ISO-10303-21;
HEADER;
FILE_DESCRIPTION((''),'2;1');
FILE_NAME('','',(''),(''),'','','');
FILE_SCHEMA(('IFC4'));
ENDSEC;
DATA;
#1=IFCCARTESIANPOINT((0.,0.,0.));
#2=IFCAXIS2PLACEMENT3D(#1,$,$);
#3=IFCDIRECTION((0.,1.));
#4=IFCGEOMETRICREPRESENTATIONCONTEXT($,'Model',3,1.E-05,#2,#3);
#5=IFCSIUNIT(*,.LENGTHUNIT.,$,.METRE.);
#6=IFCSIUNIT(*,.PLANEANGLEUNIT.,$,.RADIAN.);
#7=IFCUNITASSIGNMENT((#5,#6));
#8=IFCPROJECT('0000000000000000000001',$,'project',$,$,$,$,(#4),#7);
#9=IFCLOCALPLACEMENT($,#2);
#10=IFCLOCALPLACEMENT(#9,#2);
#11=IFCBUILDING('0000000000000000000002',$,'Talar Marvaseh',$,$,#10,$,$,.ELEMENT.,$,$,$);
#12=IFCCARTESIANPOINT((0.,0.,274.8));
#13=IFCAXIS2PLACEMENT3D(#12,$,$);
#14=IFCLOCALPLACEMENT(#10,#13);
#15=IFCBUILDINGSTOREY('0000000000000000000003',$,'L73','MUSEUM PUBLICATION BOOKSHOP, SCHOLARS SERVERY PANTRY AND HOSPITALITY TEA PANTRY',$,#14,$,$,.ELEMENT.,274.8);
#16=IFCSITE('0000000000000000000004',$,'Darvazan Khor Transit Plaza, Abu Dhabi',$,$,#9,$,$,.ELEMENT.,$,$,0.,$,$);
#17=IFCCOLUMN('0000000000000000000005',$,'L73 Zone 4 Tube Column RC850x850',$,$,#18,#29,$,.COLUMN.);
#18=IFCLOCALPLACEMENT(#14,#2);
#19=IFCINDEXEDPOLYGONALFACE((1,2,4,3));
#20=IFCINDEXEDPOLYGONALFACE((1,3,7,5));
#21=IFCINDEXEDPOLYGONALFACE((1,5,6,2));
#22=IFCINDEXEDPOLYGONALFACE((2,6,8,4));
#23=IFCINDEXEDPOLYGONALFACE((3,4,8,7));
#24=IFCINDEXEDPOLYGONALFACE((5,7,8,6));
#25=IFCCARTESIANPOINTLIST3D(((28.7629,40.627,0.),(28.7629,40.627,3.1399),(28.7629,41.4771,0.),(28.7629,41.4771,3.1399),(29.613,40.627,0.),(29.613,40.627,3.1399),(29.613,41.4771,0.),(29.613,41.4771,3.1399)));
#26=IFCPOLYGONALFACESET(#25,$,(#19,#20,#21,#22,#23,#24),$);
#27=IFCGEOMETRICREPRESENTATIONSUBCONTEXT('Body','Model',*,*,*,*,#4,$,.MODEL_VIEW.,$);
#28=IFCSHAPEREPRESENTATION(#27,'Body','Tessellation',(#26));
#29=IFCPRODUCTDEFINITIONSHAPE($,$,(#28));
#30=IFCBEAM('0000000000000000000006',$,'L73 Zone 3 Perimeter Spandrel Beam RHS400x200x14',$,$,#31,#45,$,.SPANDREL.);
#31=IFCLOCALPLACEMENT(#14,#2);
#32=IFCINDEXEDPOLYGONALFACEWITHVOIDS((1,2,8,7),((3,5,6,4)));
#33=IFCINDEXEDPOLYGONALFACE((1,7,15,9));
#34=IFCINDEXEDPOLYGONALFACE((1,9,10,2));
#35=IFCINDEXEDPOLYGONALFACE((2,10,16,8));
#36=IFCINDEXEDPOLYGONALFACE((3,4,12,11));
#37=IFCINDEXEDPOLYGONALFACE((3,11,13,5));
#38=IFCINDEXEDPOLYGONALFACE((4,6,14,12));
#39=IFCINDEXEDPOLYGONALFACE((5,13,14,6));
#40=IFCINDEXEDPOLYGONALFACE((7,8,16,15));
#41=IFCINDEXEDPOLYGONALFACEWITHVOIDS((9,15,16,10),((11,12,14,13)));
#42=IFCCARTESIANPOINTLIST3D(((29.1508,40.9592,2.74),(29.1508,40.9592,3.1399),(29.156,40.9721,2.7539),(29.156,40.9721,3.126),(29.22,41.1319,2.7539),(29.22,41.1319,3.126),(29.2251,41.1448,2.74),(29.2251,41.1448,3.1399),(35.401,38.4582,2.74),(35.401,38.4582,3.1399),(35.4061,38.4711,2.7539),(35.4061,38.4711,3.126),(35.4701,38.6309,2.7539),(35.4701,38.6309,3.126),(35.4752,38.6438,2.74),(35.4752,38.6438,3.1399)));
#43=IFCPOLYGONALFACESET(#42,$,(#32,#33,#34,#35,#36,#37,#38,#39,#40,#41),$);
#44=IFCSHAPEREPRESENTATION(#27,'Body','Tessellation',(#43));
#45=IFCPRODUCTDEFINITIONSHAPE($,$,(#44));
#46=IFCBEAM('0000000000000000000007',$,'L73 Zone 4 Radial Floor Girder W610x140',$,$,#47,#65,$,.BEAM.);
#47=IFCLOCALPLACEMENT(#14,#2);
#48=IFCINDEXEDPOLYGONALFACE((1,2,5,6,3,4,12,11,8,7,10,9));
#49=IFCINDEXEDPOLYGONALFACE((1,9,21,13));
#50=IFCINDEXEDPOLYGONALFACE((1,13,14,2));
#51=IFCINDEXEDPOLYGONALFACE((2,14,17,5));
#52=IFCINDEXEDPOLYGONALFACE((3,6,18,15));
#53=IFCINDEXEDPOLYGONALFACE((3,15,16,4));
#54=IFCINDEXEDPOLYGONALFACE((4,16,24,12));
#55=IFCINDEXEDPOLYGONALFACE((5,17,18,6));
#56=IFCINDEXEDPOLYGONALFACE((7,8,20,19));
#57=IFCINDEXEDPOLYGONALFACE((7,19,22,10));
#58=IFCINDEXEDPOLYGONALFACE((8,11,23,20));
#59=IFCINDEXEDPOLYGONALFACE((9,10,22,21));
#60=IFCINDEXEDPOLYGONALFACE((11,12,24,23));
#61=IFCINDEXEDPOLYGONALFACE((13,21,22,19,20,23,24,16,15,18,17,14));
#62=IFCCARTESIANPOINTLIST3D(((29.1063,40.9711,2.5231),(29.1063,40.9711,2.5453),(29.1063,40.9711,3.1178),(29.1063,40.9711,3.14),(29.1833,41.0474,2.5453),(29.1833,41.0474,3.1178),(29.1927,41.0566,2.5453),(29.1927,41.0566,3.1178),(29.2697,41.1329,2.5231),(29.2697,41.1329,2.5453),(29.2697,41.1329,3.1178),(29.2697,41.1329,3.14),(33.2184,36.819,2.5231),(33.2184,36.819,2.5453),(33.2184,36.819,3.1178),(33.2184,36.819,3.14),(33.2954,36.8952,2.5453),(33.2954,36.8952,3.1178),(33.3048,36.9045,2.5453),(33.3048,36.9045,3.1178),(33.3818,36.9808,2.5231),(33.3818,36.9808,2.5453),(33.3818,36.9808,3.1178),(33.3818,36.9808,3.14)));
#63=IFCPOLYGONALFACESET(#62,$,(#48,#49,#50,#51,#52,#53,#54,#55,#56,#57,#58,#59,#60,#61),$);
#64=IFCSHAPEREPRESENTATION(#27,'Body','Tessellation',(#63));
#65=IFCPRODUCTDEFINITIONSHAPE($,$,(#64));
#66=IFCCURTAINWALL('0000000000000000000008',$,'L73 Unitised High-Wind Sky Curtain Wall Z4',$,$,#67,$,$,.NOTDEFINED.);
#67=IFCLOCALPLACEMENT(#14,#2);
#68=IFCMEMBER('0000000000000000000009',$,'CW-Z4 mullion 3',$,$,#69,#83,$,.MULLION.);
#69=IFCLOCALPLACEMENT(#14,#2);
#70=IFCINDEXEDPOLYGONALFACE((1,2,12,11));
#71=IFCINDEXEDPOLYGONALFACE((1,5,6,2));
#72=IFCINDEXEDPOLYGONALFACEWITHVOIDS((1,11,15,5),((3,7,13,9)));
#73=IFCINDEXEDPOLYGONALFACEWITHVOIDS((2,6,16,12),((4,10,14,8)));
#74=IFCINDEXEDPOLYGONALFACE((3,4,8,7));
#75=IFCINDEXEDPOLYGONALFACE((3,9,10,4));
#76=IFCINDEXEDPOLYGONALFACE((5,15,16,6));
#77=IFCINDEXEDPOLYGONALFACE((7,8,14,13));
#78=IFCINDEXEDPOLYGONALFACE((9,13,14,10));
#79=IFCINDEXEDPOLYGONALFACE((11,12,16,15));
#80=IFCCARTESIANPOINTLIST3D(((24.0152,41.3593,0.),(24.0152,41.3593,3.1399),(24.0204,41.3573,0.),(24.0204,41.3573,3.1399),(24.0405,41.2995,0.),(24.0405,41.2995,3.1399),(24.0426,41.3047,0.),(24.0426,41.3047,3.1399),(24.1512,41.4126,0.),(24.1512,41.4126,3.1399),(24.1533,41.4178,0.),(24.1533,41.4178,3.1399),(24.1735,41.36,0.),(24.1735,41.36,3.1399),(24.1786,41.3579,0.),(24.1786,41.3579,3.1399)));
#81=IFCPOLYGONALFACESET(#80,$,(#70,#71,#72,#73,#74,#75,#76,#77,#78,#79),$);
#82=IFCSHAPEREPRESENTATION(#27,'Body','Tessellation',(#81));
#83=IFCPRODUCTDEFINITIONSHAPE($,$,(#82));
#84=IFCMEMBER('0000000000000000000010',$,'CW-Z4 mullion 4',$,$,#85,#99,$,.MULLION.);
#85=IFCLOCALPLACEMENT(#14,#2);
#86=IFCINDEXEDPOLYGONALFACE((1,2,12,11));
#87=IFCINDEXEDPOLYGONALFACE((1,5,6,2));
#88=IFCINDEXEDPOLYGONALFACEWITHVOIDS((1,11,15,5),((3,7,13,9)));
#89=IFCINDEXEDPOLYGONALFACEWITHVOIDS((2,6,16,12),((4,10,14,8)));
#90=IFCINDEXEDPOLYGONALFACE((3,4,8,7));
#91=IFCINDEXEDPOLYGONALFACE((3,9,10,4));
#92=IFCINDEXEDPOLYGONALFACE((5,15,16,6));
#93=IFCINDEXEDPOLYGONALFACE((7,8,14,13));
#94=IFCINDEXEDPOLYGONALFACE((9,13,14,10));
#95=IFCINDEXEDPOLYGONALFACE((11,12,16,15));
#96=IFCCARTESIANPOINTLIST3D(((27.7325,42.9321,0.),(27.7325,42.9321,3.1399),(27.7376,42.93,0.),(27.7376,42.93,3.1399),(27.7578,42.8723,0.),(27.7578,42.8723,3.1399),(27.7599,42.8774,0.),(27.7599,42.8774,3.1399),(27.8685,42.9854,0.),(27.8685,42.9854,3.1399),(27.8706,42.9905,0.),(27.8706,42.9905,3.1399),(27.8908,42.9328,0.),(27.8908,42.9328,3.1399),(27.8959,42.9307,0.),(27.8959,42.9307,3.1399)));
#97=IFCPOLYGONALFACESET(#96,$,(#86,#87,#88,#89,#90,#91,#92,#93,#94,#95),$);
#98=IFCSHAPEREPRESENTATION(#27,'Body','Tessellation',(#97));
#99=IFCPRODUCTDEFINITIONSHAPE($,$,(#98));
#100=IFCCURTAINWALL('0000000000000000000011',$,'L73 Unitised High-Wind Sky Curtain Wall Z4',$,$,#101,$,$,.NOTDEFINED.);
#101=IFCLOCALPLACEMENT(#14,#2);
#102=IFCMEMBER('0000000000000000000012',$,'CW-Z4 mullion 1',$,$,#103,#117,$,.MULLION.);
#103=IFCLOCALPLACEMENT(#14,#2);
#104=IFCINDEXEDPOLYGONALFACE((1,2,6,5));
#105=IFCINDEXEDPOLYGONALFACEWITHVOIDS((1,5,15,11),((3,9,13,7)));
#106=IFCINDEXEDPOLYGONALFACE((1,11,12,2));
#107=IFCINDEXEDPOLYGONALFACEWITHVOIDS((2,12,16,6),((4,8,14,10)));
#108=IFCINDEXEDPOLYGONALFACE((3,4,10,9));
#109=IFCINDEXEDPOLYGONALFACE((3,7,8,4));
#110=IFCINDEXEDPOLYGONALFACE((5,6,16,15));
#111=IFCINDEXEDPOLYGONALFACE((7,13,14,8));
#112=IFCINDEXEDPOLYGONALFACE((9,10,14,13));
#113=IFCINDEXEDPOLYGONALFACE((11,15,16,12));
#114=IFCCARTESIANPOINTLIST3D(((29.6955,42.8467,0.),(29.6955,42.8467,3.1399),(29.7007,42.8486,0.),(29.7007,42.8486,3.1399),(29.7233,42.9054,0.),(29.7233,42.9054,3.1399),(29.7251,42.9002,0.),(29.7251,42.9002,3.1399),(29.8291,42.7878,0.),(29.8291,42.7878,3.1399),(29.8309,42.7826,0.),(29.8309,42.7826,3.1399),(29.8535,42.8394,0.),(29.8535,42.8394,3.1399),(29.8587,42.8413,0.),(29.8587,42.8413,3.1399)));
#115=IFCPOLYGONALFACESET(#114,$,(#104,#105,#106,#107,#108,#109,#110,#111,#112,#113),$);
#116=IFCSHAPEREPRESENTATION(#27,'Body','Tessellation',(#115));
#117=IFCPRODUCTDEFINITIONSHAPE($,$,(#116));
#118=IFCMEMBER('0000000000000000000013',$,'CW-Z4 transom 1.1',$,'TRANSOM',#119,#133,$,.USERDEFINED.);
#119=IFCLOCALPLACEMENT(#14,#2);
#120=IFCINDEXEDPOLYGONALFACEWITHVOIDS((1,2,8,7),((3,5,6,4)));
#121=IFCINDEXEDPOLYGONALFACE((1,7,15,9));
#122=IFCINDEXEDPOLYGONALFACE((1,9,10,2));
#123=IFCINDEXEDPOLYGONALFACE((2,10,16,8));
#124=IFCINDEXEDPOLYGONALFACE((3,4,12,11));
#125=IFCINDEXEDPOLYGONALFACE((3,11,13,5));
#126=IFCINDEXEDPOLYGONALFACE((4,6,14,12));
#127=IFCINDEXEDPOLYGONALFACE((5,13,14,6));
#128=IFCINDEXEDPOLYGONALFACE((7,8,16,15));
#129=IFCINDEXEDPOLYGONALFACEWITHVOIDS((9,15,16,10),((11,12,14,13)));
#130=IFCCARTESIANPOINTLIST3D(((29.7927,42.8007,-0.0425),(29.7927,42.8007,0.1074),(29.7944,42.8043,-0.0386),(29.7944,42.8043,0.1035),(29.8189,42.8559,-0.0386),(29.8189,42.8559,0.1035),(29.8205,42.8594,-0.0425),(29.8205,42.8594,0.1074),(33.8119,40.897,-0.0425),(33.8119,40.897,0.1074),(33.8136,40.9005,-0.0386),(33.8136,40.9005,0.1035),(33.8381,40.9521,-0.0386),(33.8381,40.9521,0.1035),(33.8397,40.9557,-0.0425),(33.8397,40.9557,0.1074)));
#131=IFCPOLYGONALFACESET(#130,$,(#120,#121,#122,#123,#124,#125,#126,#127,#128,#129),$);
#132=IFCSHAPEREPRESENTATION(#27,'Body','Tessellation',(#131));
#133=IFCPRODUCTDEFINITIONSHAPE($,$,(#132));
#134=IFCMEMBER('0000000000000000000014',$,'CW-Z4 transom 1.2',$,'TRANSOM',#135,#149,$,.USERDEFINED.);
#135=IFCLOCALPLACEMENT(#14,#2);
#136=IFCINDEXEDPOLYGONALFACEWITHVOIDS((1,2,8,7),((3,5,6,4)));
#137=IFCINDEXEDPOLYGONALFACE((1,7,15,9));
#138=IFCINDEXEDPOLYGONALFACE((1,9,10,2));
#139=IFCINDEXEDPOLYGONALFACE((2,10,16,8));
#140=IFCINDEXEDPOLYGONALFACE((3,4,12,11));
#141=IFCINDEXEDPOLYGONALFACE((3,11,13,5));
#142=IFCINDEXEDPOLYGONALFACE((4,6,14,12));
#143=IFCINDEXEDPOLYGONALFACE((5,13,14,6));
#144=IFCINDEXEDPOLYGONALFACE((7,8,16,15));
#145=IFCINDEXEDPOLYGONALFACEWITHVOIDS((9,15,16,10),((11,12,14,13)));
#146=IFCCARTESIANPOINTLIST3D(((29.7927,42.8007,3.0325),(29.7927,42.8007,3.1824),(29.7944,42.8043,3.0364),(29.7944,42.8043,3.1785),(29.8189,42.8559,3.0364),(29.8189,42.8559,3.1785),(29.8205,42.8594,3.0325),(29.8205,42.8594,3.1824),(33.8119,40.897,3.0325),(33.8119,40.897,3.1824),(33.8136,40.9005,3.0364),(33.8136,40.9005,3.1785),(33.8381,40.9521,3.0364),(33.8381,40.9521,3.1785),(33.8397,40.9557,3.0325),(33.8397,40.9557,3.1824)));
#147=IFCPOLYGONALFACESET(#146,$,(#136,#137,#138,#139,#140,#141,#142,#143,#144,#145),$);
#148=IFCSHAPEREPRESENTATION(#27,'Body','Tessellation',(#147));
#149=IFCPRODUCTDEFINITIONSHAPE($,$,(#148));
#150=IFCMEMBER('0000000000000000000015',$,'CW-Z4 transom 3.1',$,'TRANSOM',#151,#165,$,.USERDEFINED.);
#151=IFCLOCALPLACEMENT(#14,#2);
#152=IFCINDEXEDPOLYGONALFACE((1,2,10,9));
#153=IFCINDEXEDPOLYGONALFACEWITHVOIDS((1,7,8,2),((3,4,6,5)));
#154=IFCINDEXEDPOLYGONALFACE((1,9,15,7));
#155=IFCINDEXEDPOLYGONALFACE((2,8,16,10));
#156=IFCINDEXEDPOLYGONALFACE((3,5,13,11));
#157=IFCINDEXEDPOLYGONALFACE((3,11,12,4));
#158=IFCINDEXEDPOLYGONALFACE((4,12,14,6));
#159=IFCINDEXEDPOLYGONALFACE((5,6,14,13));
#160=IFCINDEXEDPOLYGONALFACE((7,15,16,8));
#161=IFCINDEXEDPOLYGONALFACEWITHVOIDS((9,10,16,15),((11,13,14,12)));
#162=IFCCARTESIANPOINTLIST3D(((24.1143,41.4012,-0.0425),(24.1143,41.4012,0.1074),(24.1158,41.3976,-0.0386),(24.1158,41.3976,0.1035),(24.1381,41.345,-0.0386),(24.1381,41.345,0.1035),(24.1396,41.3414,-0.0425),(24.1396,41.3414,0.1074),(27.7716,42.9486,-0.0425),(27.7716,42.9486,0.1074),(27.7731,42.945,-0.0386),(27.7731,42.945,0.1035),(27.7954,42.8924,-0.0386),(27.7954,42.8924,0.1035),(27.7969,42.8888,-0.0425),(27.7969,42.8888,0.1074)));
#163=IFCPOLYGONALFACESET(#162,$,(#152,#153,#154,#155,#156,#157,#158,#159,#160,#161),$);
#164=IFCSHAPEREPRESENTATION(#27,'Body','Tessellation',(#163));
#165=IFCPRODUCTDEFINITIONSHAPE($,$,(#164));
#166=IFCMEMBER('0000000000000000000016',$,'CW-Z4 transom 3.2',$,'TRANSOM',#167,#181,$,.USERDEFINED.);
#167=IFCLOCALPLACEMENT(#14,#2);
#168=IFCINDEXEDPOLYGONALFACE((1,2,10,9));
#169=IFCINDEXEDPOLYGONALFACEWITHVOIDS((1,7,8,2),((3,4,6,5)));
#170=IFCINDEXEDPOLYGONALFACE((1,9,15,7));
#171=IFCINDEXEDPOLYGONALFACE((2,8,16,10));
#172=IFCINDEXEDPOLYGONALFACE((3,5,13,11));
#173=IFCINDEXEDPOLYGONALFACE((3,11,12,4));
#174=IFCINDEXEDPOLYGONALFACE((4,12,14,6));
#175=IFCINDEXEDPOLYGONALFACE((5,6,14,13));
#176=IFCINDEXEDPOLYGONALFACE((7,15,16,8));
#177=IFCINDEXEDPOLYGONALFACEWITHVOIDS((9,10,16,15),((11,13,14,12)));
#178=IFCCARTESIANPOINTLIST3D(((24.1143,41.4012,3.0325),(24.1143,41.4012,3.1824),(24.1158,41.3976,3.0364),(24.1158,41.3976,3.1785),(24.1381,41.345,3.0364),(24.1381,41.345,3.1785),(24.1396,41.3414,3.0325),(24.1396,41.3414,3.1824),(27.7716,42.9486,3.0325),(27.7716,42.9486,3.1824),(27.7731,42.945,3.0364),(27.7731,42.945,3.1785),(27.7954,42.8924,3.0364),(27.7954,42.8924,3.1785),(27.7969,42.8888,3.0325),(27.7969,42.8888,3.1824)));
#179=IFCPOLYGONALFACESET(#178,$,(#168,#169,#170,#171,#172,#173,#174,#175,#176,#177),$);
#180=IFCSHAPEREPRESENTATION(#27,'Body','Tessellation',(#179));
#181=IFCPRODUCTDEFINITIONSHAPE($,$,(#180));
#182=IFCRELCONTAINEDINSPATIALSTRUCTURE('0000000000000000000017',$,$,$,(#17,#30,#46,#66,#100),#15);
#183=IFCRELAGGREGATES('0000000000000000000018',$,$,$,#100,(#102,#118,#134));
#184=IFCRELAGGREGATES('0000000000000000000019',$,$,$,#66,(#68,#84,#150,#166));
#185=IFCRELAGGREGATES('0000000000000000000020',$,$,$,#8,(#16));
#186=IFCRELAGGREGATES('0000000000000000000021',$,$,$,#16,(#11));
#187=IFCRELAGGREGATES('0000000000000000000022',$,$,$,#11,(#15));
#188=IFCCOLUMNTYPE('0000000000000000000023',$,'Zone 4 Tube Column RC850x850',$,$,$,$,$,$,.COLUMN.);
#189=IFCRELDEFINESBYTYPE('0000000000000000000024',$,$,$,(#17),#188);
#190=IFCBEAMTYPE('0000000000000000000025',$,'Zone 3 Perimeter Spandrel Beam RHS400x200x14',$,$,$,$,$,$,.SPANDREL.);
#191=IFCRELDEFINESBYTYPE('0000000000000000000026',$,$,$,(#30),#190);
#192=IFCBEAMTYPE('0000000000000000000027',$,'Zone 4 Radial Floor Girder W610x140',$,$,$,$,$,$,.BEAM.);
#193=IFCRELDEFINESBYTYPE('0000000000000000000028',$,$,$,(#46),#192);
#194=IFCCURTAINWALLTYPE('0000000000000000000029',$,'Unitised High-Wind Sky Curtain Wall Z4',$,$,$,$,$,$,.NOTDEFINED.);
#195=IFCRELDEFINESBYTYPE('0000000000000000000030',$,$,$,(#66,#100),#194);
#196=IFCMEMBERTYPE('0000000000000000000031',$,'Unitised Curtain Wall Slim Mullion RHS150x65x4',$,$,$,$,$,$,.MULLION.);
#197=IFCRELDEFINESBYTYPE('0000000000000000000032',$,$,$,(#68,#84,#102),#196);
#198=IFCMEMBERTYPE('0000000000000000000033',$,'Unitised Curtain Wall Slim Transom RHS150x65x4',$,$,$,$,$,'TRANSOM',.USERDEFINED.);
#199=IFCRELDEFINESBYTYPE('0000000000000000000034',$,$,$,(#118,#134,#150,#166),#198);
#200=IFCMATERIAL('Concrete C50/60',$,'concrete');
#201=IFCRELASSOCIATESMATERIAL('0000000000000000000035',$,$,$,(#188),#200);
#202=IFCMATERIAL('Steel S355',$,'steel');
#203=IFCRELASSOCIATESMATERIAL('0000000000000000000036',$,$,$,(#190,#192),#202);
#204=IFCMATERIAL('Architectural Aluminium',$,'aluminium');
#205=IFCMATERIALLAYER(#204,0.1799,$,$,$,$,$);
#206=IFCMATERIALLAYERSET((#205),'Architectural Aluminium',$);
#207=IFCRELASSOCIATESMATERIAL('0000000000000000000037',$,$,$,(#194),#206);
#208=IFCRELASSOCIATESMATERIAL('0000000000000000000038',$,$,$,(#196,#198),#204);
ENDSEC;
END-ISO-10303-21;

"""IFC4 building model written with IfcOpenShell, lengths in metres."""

from ifc_helpers import new_model, si_unit, direction, frame, origin, origin_2d, place, context, subcontext, project, spatial, rectangle, hollow_rectangle, i_section, extrude, source, transform, mapped, material, layer, layer_set, material_profile, profile_set, type_object, type_shapes, element, aggregate, save


model = new_model("IFC4")

# Units and contexts
model_context = context("Model", 3, precision=1e-05, world=origin(), true_north=direction((0.0, 1.0)))
body_context = subcontext(model_context, "Body", "Model", "MODEL_VIEW")
ifc_project = project(units=[si_unit("LENGTHUNIT", "METRE"), si_unit("PLANEANGLEUNIT", "RADIAN")], contexts=[model_context])

# Site, building, storey
site_placement = place(None, origin())
site = spatial("IfcSite", under=ifc_project, at=site_placement, Name="Darvazan Khor Transit Plaza, Abu Dhabi", CompositionType="ELEMENT", RefElevation=0.0)
building_placement = place(site_placement, origin())
building = spatial("IfcBuilding", under=site, at=building_placement, Name="Talar Marvaseh", CompositionType="ELEMENT")
storey_placement = place(building_placement, frame((0.0, 0.0, 274.8)))
storey = spatial("IfcBuildingStorey", under=building, at=storey_placement, Name="L73", Description="MUSEUM PUBLICATION BOOKSHOP, SCHOLARS SERVERY PANTRY AND HOSPITALITY TEA PANTRY", CompositionType="ELEMENT", Elevation=274.8)

# Column
ifc_material_1 = material(Name="Concrete C50/60", Category="concrete")
ifc_material_profile_1 = material_profile(ifc_material_1, rectangle(XDim=0.8501, YDim=0.8501, at=origin_2d()), Name="RC850x850")
ifc_profile_set_1 = profile_set([ifc_material_profile_1], Name="Concrete C50/60")
column_type = type_object("IfcColumnType", Name="Zone 4 Tube Column RC850x850", PredefinedType="COLUMN", material=ifc_profile_set_1)
column_placement = place(storey_placement, frame((29.188, 41.052, 0.0), z_axis=(0.0, 0.0, 1.0), x_axis=(1.0, 0.0, 0.0)))
element("IfcColumn", 1, at=column_placement, inside=storey, type_object=column_type, Name="L73 Zone 4 Tube Column RC850x850", PredefinedType="COLUMN", context=body_context, shape_type="SweptSolid", body=[
    extrude(rectangle(XDim=0.8501, YDim=0.8501, at=origin_2d()), origin(), (0.0, 0.0, 1.0), 3.1399),
])

# Beams
ifc_material_2 = material(Name="Steel S355", Category="steel")
ifc_material_profile_2 = material_profile(ifc_material_2, hollow_rectangle(XDim=0.2, YDim=0.3999, WallThickness=0.0139, at=origin_2d()), Name="RHS400x200x14")
ifc_profile_set_2 = profile_set([ifc_material_profile_2], Name="Steel S355")
beam_type_1 = type_object("IfcBeamType", Name="Zone 3 Perimeter Spandrel Beam RHS400x200x14", PredefinedType="SPANDREL", material=ifc_profile_set_2)
beam_1_placement = place(storey_placement, frame((29.188, 41.052, 2.9399), z_axis=(0.928427, -0.371516, 0.0), x_axis=(0.371516, 0.928427, 0.0)))
element("IfcBeam", 2, at=beam_1_placement, inside=storey, type_object=beam_type_1, Name="L73 Zone 3 Perimeter Spandrel Beam RHS400x200x14", PredefinedType="SPANDREL", context=body_context, shape_type="SweptSolid", body=[
    extrude(hollow_rectangle(XDim=0.2, YDim=0.3999, WallThickness=0.0139, at=origin_2d()), origin(), (0.0, 0.0, 1.0), 6.7319),
])
ifc_material_profile_3 = material_profile(ifc_material_2, i_section(OverallWidth=0.23, OverallDepth=0.6169, WebThickness=0.0132, FlangeThickness=0.0222, at=origin_2d()), Name="W610x140")
ifc_profile_set_3 = profile_set([ifc_material_profile_3], Name="Steel S355")
beam_type_2 = type_object("IfcBeamType", Name="Zone 4 Radial Floor Girder W610x140", PredefinedType="BEAM", material=ifc_profile_set_3)
beam_2_placement = place(storey_placement, frame((29.188, 41.052, 2.8315), z_axis=(0.703673, -0.710524, 0.0), x_axis=(0.710524, 0.703673, 0.0)))
element("IfcBeam", 3, at=beam_2_placement, inside=storey, type_object=beam_type_2, Name="L73 Zone 4 Radial Floor Girder W610x140", PredefinedType="BEAM", context=body_context, shape_type="SweptSolid", body=[
    extrude(i_section(OverallWidth=0.23, OverallDepth=0.6169, WebThickness=0.0132, FlangeThickness=0.0222, at=origin_2d()), origin(), (0.0, 0.0, 1.0), 5.8438),
])

# Curtain walls, members
ifc_material_3 = material(Name="Architectural Aluminium", Category="aluminium")
ifc_layer_1 = layer(ifc_material_3, 0.1799)
ifc_layer_set_1 = layer_set([ifc_layer_1], Name="Architectural Aluminium")
curtain_wall_type = type_object("IfcCurtainWallType", Name="Unitised High-Wind Sky Curtain Wall Z4", PredefinedType="NOTDEFINED", material=ifc_layer_set_1)
curtain_wall_1_placement = place(storey_placement, origin())
curtain_wall_1 = element("IfcCurtainWall", 4, at=curtain_wall_1_placement, inside=storey, type_object=curtain_wall_type, Name="L73 Unitised High-Wind Sky Curtain Wall Z4", PredefinedType="NOTDEFINED")
ifc_material_profile_4 = material_profile(ifc_material_3, hollow_rectangle(XDim=0.0649, YDim=0.1499, WallThickness=0.0039, at=origin_2d()), Name="RHS150x65x4")
ifc_profile_set_4 = profile_set([ifc_material_profile_4], Name="Architectural Aluminium")
member_type_1 = type_object("IfcMemberType", Name="Unitised Curtain Wall Slim Mullion RHS150x65x4", PredefinedType="MULLION", material=ifc_profile_set_4)
shared_shape_1 = source(origin(), body_context, "Body", "SweptSolid", [
    extrude(hollow_rectangle(XDim=0.0649, YDim=0.1499, WallThickness=0.0039, at=origin_2d()), origin(), (0.0, 0.0, 1.0), 3.1399),
])
type_shapes(member_type_1, [shared_shape_1])
member_1_placement = place(storey_placement, frame((24.0969, 41.3586, 0.0), z_axis=(0.0, 0.0, 1.0), x_axis=(-0.389638, 0.920968, 0.0)))
member_1 = element("IfcMember", 5, at=member_1_placement, type_object=member_type_1, Name="CW-Z4 mullion 3", PredefinedType="MULLION", context=body_context, shape_type="MappedRepresentation", body=[
    mapped(shared_shape_1, transform((0.0, 0.0, 0.0), x_axis=(1.0, 0.0, 0.0), y_axis=(0.0, 1.0, 0.0), z_axis=(0.0, 0.0, 1.0), scale=1.0)),
])
member_2_placement = place(storey_placement, frame((27.8142, 42.9314, 0.0), z_axis=(0.0, 0.0, 1.0), x_axis=(-0.389638, 0.920968, 0.0)))
member_2 = element("IfcMember", 6, at=member_2_placement, type_object=member_type_1, Name="CW-Z4 mullion 4", PredefinedType="MULLION", context=body_context, shape_type="MappedRepresentation", body=[
    mapped(shared_shape_1, transform((0.0, 0.0, 0.0), x_axis=(1.0, 0.0, 0.0), y_axis=(0.0, 1.0, 0.0), z_axis=(0.0, 0.0, 1.0), scale=1.0)),
])
curtain_wall_2_placement = place(storey_placement, origin())
curtain_wall_2 = element("IfcCurtainWall", 7, at=curtain_wall_2_placement, inside=storey, type_object=curtain_wall_type, Name="L73 Unitised High-Wind Sky Curtain Wall Z4", PredefinedType="NOTDEFINED")
member_3_placement = place(storey_placement, frame((29.7771, 42.844, 0.0), z_axis=(0.0, 0.0, 1.0), x_axis=(0.42809, 0.903736, 0.0)))
member_3 = element("IfcMember", 8, at=member_3_placement, type_object=member_type_1, Name="CW-Z4 mullion 1", PredefinedType="MULLION", context=body_context, shape_type="MappedRepresentation", body=[
    mapped(shared_shape_1, transform((0.0, 0.0, 0.0), x_axis=(1.0, 0.0, 0.0), y_axis=(0.0, 1.0, 0.0), z_axis=(0.0, 0.0, 1.0), scale=1.0)),
])
ifc_material_profile_5 = material_profile(ifc_material_3, hollow_rectangle(XDim=0.0649, YDim=0.1499, WallThickness=0.0039, at=origin_2d()), Name="RHS150x65x4")
ifc_profile_set_5 = profile_set([ifc_material_profile_5], Name="Architectural Aluminium")
member_type_2 = type_object("IfcMemberType", Name="Unitised Curtain Wall Slim Transom RHS150x65x4", ElementType="TRANSOM", PredefinedType="USERDEFINED", material=ifc_profile_set_5)
shared_shape_2 = source(origin(), body_context, "Body", "SweptSolid", [
    extrude(hollow_rectangle(XDim=0.0649, YDim=0.1499, WallThickness=0.0039, at=origin_2d()), origin(), (0.0, 0.0, 1.0), 4.4473),
])
member_4_placement = place(storey_placement, frame((29.8066, 42.8301, 0.0325), z_axis=(0.903743, -0.428075, 0.0), x_axis=(0.428075, 0.903743, 0.0)))
member_4 = element("IfcMember", 9, at=member_4_placement, type_object=member_type_2, Name="CW-Z4 transom 1.1", ObjectType="TRANSOM", PredefinedType="USERDEFINED", context=body_context, shape_type="MappedRepresentation", body=[
    mapped(shared_shape_2, transform((0.0, 0.0, 0.0), x_axis=(1.0, 0.0, 0.0), y_axis=(0.0, 1.0, 0.0), z_axis=(0.0, 0.0, 1.0), scale=1.0)),
])
member_5_placement = place(storey_placement, frame((29.8066, 42.8301, 3.1074), z_axis=(0.903743, -0.428075, 0.0), x_axis=(0.428075, 0.903743, 0.0)))
member_5 = element("IfcMember", 10, at=member_5_placement, type_object=member_type_2, Name="CW-Z4 transom 1.2", ObjectType="TRANSOM", PredefinedType="USERDEFINED", context=body_context, shape_type="MappedRepresentation", body=[
    mapped(shared_shape_2, transform((0.0, 0.0, 0.0), x_axis=(1.0, 0.0, 0.0), y_axis=(0.0, 1.0, 0.0), z_axis=(0.0, 0.0, 1.0), scale=1.0)),
])

# Members
shared_shape_3 = source(origin(), body_context, "Body", "SweptSolid", [
    extrude(hollow_rectangle(XDim=0.0649, YDim=0.1499, WallThickness=0.0039, at=origin_2d()), origin(), (0.0, 0.0, 1.0), 3.9712),
])
type_shapes(member_type_2, [shared_shape_2, shared_shape_3])
member_6_placement = place(storey_placement, frame((24.127, 41.3713, 0.0325), z_axis=(0.92096, 0.389656, 0.0), x_axis=(-0.389656, 0.92096, 0.0)))
member_6 = element("IfcMember", 11, at=member_6_placement, type_object=member_type_2, Name="CW-Z4 transom 3.1", ObjectType="TRANSOM", PredefinedType="USERDEFINED", context=body_context, shape_type="MappedRepresentation", body=[
    mapped(shared_shape_3, transform((0.0, 0.0, 0.0), x_axis=(1.0, 0.0, 0.0), y_axis=(0.0, 1.0, 0.0), z_axis=(0.0, 0.0, 1.0), scale=1.0)),
])
member_7_placement = place(storey_placement, frame((24.127, 41.3713, 3.1074), z_axis=(0.92096, 0.389656, 0.0), x_axis=(-0.389656, 0.92096, 0.0)))
member_7 = element("IfcMember", 12, at=member_7_placement, type_object=member_type_2, Name="CW-Z4 transom 3.2", ObjectType="TRANSOM", PredefinedType="USERDEFINED", context=body_context, shape_type="MappedRepresentation", body=[
    mapped(shared_shape_3, transform((0.0, 0.0, 0.0), x_axis=(1.0, 0.0, 0.0), y_axis=(0.0, 1.0, 0.0), z_axis=(0.0, 0.0, 1.0), scale=1.0)),
])

aggregate(curtain_wall_2, [member_3, member_4, member_5])
aggregate(curtain_wall_1, [member_1, member_2, member_6, member_7])

save(model, "model.ifc")
